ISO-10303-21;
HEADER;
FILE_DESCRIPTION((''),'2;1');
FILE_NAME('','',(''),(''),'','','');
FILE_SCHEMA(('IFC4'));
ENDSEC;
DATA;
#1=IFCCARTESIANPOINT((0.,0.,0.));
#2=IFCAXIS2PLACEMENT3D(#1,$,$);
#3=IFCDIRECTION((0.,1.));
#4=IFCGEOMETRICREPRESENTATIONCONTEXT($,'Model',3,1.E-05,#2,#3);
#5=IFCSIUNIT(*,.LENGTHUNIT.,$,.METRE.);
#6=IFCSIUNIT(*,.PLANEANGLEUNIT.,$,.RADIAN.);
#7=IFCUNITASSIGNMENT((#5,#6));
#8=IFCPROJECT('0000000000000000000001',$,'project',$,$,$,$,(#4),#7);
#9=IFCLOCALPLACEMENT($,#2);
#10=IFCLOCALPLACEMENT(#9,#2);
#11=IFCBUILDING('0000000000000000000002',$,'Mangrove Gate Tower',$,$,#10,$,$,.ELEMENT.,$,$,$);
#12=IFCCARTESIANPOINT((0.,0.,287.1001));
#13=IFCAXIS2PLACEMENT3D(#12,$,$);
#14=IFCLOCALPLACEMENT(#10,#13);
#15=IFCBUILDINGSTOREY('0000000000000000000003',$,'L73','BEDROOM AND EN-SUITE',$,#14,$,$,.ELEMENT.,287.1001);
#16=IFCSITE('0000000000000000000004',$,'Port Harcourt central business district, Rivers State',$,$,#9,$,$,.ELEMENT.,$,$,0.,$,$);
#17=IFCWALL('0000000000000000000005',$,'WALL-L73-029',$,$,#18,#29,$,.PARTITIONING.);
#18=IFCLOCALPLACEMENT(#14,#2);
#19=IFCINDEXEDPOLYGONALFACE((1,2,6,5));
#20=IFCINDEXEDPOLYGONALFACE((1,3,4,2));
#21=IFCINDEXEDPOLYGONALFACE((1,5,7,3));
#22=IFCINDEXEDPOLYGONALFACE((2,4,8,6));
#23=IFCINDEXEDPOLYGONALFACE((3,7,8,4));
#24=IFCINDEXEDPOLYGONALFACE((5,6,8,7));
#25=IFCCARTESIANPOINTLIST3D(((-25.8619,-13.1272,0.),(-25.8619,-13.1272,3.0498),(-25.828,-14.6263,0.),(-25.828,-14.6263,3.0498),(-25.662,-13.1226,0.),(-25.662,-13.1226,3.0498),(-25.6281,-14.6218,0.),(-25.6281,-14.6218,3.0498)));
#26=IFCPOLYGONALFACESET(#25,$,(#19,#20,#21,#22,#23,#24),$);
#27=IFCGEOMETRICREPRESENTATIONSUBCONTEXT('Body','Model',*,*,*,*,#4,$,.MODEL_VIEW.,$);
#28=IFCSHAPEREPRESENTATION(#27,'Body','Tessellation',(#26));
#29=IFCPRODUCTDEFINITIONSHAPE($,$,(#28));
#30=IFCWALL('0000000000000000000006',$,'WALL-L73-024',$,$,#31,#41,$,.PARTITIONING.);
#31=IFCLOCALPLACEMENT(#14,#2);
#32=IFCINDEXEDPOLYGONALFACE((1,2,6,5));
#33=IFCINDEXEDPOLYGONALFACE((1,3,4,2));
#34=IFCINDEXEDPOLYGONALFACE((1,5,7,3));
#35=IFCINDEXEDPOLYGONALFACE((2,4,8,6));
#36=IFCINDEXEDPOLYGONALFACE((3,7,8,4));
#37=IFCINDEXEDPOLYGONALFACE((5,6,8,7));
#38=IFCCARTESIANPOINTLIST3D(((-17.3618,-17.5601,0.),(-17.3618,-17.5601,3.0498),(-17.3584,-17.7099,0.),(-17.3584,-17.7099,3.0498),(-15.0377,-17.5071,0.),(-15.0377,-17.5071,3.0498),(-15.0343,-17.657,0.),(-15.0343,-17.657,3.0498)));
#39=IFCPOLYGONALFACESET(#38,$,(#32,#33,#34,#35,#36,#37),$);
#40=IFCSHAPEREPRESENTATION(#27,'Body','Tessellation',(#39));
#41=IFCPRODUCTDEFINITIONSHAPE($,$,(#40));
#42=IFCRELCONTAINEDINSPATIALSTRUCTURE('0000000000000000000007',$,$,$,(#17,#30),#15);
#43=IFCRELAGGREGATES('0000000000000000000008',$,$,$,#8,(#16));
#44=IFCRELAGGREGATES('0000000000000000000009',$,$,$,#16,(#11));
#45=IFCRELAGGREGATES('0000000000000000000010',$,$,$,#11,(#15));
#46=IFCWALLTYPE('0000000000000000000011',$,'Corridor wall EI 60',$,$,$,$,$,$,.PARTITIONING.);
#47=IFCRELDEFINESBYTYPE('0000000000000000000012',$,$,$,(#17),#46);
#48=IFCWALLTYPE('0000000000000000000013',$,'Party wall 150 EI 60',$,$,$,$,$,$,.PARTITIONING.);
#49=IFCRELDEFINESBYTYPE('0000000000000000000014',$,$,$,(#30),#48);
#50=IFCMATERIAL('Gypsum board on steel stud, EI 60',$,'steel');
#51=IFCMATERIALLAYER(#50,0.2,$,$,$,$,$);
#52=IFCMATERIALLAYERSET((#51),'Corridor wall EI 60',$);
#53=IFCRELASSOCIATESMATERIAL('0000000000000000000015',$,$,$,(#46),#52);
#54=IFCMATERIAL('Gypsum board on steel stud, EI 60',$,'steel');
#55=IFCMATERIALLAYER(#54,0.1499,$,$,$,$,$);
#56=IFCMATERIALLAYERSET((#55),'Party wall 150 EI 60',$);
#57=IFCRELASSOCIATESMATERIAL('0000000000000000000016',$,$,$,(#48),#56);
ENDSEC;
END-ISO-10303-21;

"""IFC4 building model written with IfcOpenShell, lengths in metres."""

from ifc_helpers import new_model, si_unit, direction, frame, frame_2d, origin, place, context, subcontext, project, spatial, rectangle, extrude, material, layer, layer_set, type_object, element, save


model = new_model("IFC4")

# Units and contexts
model_context = context("Model", 3, precision=1e-05, world=origin(), true_north=direction((0.0, 1.0)))
body_context = subcontext(model_context, "Body", "Model", "MODEL_VIEW")
ifc_project = project(units=[si_unit("LENGTHUNIT", "METRE"), si_unit("PLANEANGLEUNIT", "RADIAN")], contexts=[model_context])

# Site, building, storey
site_placement = place(None, origin())
site = spatial("IfcSite", under=ifc_project, at=site_placement, Name="Port Harcourt central business district, Rivers State", CompositionType="ELEMENT", RefElevation=0.0)
building_placement = place(site_placement, origin())
building = spatial("IfcBuilding", under=site, at=building_placement, Name="Mangrove Gate Tower", CompositionType="ELEMENT")
storey_placement = place(building_placement, frame((0.0, 0.0, 287.1001)))
storey = spatial("IfcBuildingStorey", under=building, at=storey_placement, Name="L73", Description="BEDROOM AND EN-SUITE", CompositionType="ELEMENT", Elevation=287.1001)

# Wall
ifc_material_1 = material(Name="Gypsum board on steel stud, EI 60", Category="steel")
ifc_layer_1 = layer(ifc_material_1, 0.2)
ifc_layer_set_1 = layer_set([ifc_layer_1], Name="Corridor wall EI 60")
wall_type_1 = type_object("IfcWallType", Name="Corridor wall EI 60", PredefinedType="PARTITIONING", material=ifc_layer_set_1)
wall_1_placement = place(storey_placement, frame((-25.728, -14.624, 0.0), z_axis=(0.0, 0.0, 1.0), x_axis=(-0.022633, 0.999744, 0.0)))
element("IfcWall", 1, at=wall_1_placement, inside=storey, type_object=wall_type_1, Name="WALL-L73-029", PredefinedType="PARTITIONING", context=body_context, shape_type="SweptSolid", body=[
    extrude(rectangle(XDim=1.4995, YDim=0.2, at=frame_2d((0.7498, 0.0))), origin(), (0.0, 0.0, 1.0), 3.0498),
])

# Wall
ifc_material_2 = material(Name="Gypsum board on steel stud, EI 60", Category="steel")
ifc_layer_2 = layer(ifc_material_2, 0.1499)
ifc_layer_set_2 = layer_set([ifc_layer_2], Name="Party wall 150 EI 60")
wall_type_2 = type_object("IfcWallType", Name="Party wall 150 EI 60", PredefinedType="PARTITIONING", material=ifc_layer_set_2)
wall_2_placement = place(storey_placement, frame((-17.3601, -17.635, 0.0), z_axis=(0.0, 0.0, 1.0), x_axis=(0.99974, 0.022788, 0.0)))
element("IfcWall", 2, at=wall_2_placement, inside=storey, type_object=wall_type_2, Name="WALL-L73-024", PredefinedType="PARTITIONING", context=body_context, shape_type="SweptSolid", body=[
    extrude(rectangle(XDim=2.3247, YDim=0.1499, at=frame_2d((1.1624, 0.0))), origin(), (0.0, 0.0, 1.0), 3.0498),
])

save(model, "model.ifc")
